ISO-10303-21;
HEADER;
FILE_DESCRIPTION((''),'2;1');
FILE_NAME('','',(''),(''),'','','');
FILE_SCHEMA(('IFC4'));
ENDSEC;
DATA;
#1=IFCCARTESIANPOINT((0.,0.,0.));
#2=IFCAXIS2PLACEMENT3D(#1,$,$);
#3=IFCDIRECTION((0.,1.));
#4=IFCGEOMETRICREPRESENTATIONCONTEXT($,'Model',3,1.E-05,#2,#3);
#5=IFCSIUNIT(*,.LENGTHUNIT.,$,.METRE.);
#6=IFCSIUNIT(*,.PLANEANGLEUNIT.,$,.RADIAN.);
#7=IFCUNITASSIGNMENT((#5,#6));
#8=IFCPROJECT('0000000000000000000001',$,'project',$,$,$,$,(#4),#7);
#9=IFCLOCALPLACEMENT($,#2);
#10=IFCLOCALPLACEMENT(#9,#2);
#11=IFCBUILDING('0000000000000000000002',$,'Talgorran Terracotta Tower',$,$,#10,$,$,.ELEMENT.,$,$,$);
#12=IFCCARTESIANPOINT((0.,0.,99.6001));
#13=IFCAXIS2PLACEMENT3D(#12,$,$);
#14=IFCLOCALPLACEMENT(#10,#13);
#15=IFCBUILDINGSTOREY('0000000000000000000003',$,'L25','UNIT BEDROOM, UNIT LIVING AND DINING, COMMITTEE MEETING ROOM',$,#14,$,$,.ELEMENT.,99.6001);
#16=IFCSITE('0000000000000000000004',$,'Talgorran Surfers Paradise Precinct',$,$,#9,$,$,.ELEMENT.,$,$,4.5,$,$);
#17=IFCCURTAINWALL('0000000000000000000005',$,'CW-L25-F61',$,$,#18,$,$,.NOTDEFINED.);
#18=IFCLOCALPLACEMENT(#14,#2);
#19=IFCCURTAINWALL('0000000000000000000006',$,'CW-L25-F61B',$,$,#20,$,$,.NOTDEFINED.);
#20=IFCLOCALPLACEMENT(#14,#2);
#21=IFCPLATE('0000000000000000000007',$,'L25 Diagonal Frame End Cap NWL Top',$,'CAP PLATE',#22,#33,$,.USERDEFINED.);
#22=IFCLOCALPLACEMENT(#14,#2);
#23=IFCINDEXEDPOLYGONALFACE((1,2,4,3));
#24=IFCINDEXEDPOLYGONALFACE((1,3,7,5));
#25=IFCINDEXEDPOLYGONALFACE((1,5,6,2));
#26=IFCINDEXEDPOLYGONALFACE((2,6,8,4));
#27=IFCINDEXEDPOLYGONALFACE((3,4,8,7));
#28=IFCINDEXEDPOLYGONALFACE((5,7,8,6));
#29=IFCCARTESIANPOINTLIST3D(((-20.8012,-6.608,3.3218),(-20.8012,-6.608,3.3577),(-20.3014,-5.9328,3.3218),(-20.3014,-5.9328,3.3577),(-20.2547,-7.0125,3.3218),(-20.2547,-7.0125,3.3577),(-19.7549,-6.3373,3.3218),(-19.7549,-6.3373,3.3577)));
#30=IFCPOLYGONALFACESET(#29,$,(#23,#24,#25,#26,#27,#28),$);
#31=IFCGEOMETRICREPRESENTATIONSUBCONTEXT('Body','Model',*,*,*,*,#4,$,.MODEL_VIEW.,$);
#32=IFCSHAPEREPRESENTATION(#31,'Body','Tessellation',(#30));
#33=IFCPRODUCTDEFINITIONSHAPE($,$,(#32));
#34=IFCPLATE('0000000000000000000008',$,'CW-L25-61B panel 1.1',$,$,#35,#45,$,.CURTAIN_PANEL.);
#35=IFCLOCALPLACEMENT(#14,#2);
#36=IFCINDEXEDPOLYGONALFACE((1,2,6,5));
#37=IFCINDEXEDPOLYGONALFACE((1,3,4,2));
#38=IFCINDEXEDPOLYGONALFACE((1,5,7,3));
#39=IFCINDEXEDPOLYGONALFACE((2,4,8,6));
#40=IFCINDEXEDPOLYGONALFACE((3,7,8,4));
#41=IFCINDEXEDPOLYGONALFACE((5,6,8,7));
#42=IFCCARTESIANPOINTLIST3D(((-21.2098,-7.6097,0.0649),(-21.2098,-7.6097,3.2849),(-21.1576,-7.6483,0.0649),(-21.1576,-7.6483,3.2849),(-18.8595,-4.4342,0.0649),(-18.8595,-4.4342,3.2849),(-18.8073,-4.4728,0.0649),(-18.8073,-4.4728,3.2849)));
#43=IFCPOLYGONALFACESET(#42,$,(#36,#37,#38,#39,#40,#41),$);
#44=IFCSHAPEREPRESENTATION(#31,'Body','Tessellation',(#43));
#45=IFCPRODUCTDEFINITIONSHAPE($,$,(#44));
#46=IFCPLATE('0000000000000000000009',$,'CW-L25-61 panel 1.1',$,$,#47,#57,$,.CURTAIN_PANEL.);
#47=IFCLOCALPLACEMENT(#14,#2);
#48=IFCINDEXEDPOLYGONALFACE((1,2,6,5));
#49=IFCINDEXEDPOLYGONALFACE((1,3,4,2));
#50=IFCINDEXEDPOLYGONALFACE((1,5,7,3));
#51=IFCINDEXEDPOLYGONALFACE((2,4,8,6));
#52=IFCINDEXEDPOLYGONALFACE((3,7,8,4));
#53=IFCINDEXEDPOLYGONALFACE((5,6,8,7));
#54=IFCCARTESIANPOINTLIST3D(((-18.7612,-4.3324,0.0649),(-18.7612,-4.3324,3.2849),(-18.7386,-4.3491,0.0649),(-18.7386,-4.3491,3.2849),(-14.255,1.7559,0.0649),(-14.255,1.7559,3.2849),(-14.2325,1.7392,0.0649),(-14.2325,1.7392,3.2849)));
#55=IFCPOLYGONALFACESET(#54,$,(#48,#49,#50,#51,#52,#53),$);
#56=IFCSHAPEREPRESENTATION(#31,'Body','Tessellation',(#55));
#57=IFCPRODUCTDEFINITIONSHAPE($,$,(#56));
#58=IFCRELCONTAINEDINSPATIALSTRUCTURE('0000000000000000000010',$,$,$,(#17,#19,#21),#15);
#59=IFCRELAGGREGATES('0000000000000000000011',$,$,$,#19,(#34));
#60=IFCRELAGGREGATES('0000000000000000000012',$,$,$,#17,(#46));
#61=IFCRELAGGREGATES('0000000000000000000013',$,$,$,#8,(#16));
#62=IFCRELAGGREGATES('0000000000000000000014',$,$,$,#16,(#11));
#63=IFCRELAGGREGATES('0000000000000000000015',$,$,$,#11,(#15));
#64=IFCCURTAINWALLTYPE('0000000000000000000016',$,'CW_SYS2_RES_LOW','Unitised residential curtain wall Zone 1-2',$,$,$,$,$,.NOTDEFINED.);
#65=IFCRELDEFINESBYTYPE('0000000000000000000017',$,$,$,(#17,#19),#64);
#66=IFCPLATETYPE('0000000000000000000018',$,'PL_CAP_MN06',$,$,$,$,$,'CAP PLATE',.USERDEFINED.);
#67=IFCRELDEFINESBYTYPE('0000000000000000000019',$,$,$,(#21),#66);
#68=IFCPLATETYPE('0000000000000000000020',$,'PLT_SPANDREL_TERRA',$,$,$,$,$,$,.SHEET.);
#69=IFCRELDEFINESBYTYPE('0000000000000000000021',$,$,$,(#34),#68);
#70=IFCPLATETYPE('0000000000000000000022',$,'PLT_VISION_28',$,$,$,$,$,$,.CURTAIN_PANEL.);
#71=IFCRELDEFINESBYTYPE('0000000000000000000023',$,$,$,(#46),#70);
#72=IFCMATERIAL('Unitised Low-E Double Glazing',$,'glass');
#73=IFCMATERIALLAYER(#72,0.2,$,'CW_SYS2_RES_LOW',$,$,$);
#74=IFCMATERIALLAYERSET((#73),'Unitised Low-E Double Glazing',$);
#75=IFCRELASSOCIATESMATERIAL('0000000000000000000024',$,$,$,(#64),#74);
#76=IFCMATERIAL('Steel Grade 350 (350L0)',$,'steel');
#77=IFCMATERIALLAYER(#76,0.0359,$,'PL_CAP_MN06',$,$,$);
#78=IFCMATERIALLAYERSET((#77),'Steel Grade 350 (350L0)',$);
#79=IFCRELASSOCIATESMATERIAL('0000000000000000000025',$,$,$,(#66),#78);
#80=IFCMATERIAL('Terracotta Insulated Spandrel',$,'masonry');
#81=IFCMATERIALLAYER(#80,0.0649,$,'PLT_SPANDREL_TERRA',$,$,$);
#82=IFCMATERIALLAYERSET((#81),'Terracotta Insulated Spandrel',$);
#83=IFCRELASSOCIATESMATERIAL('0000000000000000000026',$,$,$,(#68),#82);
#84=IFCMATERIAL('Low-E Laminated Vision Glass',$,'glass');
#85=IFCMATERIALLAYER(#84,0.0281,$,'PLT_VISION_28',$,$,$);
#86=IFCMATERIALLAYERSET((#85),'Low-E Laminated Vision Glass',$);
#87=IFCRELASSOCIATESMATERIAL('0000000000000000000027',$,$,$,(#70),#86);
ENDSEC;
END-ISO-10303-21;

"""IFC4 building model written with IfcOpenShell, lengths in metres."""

from ifc_helpers import new_model, si_unit, direction, frame, origin, origin_2d, place, context, subcontext, project, spatial, rectangle, extrude, source, transform, mapped, material, layer, layer_set, type_object, type_shapes, element, aggregate, save


model = new_model("IFC4")

# Units and contexts
model_context = context("Model", 3, precision=1e-05, world=origin(), true_north=direction((0.0, 1.0)))
body_context = subcontext(model_context, "Body", "Model", "MODEL_VIEW")
ifc_project = project(units=[si_unit("LENGTHUNIT", "METRE"), si_unit("PLANEANGLEUNIT", "RADIAN")], contexts=[model_context])

# Site, building, storey
site_placement = place(None, origin())
site = spatial("IfcSite", under=ifc_project, at=site_placement, Name="Talgorran Surfers Paradise Precinct", CompositionType="ELEMENT", RefElevation=4.5)
building_placement = place(site_placement, origin())
building = spatial("IfcBuilding", under=site, at=building_placement, Name="Talgorran Terracotta Tower", CompositionType="ELEMENT")
storey_placement = place(building_placement, frame((0.0, 0.0, 99.6001)))
storey = spatial("IfcBuildingStorey", under=building, at=storey_placement, Name="L25", Description="UNIT BEDROOM, UNIT LIVING AND DINING, COMMITTEE MEETING ROOM", CompositionType="ELEMENT", Elevation=99.6001)

# Shared definitions
ifc_material_1 = material(Name="Steel Grade 350 (350L0)", Category="steel")

# Curtain wall
ifc_material_2 = material(Name="Unitised Low-E Double Glazing", Category="glass")
ifc_layer_1 = layer(ifc_material_2, 0.2, Name="CW_SYS2_RES_LOW")
ifc_layer_set_1 = layer_set([ifc_layer_1], Name="Unitised Low-E Double Glazing")
curtain_wall_type = type_object("IfcCurtainWallType", Name="CW_SYS2_RES_LOW", Description="Unitised residential curtain wall Zone 1-2", PredefinedType="NOTDEFINED", material=ifc_layer_set_1)
curtain_wall_1_placement = place(storey_placement, origin())
curtain_wall_1 = element("IfcCurtainWall", 1, at=curtain_wall_1_placement, inside=storey, type_object=curtain_wall_type, Name="CW-L25-F61", PredefinedType="NOTDEFINED")

# Curtain wall
curtain_wall_2_placement = place(storey_placement, origin())
curtain_wall_2 = element("IfcCurtainWall", 2, at=curtain_wall_2_placement, inside=storey, type_object=curtain_wall_type, Name="CW-L25-F61B", PredefinedType="NOTDEFINED")

# Plates
ifc_layer_2 = layer(ifc_material_1, 0.0359, Name="PL_CAP_MN06")
ifc_layer_set_2 = layer_set([ifc_layer_2], Name="Steel Grade 350 (350L0)")
plate_type_1 = type_object("IfcPlateType", Name="PL_CAP_MN06", ElementType="CAP PLATE", PredefinedType="USERDEFINED", material=ifc_layer_set_2)
plate_1_placement = place(storey_placement, frame((-20.2781, -6.4727, 3.3218), z_axis=(0.0, 0.0, 1.0), x_axis=(0.594963, 0.803753, 0.0)))
element("IfcPlate", 3, at=plate_1_placement, inside=storey, type_object=plate_type_1, Name="L25 Diagonal Frame End Cap NWL Top", ObjectType="CAP PLATE", PredefinedType="USERDEFINED", context=body_context, shape_type="SweptSolid", body=[
    extrude(rectangle(XDim=0.8401, YDim=0.6799, at=origin_2d()), origin(), (0.0, 0.0, 1.0), 0.0359),
])
ifc_material_3 = material(Name="Terracotta Insulated Spandrel", Category="masonry")
ifc_layer_3 = layer(ifc_material_3, 0.0649, Name="PLT_SPANDREL_TERRA")
ifc_layer_set_3 = layer_set([ifc_layer_3], Name="Terracotta Insulated Spandrel")
plate_type_2 = type_object("IfcPlateType", Name="PLT_SPANDREL_TERRA", PredefinedType="SHEET", material=ifc_layer_set_3)
shared_shape_1 = source(origin(), body_context, "Body", "SweptSolid", [
    extrude(rectangle(XDim=3.9507, YDim=0.0649, at=origin_2d()), origin(), (0.0, 0.0, 1.0), 3.22),
])
type_shapes(plate_type_2, [shared_shape_1])
plate_2_placement = place(storey_placement, frame((-20.0085, -6.0413, 0.0649), z_axis=(0.0, 0.0, 1.0), x_axis=(-0.594922, -0.803783, 0.0)))
plate_2 = element("IfcPlate", 4, at=plate_2_placement, type_object=plate_type_2, Name="CW-L25-61B panel 1.1", PredefinedType="CURTAIN_PANEL", context=body_context, shape_type="MappedRepresentation", body=[
    mapped(shared_shape_1, transform((0.0, 0.0, 0.0), scale=1.0)),
])
aggregate(curtain_wall_2, [plate_2])
ifc_material_4 = material(Name="Low-E Laminated Vision Glass", Category="glass")
ifc_layer_4 = layer(ifc_material_4, 0.0281, Name="PLT_VISION_28")
ifc_layer_set_4 = layer_set([ifc_layer_4], Name="Low-E Laminated Vision Glass")
plate_type_3 = type_object("IfcPlateType", Name="PLT_VISION_28", PredefinedType="CURTAIN_PANEL", material=ifc_layer_set_4)
shared_shape_2 = source(origin(), body_context, "Body", "SweptSolid", [
    extrude(rectangle(XDim=7.5745, YDim=0.0281, at=origin_2d()), origin(), (0.0, 0.0, 1.0), 3.22),
])
type_shapes(plate_type_3, [shared_shape_2])
plate_3_placement = place(storey_placement, frame((-16.4968, -1.2966, 0.0649), z_axis=(0.0, 0.0, 1.0), x_axis=(-0.59491, -0.803792, 0.0)))
plate_3 = element("IfcPlate", 5, at=plate_3_placement, type_object=plate_type_3, Name="CW-L25-61 panel 1.1", PredefinedType="CURTAIN_PANEL", context=body_context, shape_type="MappedRepresentation", body=[
    mapped(shared_shape_2, transform((0.0, 0.0, 0.0), scale=1.0)),
])
aggregate(curtain_wall_1, [plate_3])

save(model, "model.ifc")
